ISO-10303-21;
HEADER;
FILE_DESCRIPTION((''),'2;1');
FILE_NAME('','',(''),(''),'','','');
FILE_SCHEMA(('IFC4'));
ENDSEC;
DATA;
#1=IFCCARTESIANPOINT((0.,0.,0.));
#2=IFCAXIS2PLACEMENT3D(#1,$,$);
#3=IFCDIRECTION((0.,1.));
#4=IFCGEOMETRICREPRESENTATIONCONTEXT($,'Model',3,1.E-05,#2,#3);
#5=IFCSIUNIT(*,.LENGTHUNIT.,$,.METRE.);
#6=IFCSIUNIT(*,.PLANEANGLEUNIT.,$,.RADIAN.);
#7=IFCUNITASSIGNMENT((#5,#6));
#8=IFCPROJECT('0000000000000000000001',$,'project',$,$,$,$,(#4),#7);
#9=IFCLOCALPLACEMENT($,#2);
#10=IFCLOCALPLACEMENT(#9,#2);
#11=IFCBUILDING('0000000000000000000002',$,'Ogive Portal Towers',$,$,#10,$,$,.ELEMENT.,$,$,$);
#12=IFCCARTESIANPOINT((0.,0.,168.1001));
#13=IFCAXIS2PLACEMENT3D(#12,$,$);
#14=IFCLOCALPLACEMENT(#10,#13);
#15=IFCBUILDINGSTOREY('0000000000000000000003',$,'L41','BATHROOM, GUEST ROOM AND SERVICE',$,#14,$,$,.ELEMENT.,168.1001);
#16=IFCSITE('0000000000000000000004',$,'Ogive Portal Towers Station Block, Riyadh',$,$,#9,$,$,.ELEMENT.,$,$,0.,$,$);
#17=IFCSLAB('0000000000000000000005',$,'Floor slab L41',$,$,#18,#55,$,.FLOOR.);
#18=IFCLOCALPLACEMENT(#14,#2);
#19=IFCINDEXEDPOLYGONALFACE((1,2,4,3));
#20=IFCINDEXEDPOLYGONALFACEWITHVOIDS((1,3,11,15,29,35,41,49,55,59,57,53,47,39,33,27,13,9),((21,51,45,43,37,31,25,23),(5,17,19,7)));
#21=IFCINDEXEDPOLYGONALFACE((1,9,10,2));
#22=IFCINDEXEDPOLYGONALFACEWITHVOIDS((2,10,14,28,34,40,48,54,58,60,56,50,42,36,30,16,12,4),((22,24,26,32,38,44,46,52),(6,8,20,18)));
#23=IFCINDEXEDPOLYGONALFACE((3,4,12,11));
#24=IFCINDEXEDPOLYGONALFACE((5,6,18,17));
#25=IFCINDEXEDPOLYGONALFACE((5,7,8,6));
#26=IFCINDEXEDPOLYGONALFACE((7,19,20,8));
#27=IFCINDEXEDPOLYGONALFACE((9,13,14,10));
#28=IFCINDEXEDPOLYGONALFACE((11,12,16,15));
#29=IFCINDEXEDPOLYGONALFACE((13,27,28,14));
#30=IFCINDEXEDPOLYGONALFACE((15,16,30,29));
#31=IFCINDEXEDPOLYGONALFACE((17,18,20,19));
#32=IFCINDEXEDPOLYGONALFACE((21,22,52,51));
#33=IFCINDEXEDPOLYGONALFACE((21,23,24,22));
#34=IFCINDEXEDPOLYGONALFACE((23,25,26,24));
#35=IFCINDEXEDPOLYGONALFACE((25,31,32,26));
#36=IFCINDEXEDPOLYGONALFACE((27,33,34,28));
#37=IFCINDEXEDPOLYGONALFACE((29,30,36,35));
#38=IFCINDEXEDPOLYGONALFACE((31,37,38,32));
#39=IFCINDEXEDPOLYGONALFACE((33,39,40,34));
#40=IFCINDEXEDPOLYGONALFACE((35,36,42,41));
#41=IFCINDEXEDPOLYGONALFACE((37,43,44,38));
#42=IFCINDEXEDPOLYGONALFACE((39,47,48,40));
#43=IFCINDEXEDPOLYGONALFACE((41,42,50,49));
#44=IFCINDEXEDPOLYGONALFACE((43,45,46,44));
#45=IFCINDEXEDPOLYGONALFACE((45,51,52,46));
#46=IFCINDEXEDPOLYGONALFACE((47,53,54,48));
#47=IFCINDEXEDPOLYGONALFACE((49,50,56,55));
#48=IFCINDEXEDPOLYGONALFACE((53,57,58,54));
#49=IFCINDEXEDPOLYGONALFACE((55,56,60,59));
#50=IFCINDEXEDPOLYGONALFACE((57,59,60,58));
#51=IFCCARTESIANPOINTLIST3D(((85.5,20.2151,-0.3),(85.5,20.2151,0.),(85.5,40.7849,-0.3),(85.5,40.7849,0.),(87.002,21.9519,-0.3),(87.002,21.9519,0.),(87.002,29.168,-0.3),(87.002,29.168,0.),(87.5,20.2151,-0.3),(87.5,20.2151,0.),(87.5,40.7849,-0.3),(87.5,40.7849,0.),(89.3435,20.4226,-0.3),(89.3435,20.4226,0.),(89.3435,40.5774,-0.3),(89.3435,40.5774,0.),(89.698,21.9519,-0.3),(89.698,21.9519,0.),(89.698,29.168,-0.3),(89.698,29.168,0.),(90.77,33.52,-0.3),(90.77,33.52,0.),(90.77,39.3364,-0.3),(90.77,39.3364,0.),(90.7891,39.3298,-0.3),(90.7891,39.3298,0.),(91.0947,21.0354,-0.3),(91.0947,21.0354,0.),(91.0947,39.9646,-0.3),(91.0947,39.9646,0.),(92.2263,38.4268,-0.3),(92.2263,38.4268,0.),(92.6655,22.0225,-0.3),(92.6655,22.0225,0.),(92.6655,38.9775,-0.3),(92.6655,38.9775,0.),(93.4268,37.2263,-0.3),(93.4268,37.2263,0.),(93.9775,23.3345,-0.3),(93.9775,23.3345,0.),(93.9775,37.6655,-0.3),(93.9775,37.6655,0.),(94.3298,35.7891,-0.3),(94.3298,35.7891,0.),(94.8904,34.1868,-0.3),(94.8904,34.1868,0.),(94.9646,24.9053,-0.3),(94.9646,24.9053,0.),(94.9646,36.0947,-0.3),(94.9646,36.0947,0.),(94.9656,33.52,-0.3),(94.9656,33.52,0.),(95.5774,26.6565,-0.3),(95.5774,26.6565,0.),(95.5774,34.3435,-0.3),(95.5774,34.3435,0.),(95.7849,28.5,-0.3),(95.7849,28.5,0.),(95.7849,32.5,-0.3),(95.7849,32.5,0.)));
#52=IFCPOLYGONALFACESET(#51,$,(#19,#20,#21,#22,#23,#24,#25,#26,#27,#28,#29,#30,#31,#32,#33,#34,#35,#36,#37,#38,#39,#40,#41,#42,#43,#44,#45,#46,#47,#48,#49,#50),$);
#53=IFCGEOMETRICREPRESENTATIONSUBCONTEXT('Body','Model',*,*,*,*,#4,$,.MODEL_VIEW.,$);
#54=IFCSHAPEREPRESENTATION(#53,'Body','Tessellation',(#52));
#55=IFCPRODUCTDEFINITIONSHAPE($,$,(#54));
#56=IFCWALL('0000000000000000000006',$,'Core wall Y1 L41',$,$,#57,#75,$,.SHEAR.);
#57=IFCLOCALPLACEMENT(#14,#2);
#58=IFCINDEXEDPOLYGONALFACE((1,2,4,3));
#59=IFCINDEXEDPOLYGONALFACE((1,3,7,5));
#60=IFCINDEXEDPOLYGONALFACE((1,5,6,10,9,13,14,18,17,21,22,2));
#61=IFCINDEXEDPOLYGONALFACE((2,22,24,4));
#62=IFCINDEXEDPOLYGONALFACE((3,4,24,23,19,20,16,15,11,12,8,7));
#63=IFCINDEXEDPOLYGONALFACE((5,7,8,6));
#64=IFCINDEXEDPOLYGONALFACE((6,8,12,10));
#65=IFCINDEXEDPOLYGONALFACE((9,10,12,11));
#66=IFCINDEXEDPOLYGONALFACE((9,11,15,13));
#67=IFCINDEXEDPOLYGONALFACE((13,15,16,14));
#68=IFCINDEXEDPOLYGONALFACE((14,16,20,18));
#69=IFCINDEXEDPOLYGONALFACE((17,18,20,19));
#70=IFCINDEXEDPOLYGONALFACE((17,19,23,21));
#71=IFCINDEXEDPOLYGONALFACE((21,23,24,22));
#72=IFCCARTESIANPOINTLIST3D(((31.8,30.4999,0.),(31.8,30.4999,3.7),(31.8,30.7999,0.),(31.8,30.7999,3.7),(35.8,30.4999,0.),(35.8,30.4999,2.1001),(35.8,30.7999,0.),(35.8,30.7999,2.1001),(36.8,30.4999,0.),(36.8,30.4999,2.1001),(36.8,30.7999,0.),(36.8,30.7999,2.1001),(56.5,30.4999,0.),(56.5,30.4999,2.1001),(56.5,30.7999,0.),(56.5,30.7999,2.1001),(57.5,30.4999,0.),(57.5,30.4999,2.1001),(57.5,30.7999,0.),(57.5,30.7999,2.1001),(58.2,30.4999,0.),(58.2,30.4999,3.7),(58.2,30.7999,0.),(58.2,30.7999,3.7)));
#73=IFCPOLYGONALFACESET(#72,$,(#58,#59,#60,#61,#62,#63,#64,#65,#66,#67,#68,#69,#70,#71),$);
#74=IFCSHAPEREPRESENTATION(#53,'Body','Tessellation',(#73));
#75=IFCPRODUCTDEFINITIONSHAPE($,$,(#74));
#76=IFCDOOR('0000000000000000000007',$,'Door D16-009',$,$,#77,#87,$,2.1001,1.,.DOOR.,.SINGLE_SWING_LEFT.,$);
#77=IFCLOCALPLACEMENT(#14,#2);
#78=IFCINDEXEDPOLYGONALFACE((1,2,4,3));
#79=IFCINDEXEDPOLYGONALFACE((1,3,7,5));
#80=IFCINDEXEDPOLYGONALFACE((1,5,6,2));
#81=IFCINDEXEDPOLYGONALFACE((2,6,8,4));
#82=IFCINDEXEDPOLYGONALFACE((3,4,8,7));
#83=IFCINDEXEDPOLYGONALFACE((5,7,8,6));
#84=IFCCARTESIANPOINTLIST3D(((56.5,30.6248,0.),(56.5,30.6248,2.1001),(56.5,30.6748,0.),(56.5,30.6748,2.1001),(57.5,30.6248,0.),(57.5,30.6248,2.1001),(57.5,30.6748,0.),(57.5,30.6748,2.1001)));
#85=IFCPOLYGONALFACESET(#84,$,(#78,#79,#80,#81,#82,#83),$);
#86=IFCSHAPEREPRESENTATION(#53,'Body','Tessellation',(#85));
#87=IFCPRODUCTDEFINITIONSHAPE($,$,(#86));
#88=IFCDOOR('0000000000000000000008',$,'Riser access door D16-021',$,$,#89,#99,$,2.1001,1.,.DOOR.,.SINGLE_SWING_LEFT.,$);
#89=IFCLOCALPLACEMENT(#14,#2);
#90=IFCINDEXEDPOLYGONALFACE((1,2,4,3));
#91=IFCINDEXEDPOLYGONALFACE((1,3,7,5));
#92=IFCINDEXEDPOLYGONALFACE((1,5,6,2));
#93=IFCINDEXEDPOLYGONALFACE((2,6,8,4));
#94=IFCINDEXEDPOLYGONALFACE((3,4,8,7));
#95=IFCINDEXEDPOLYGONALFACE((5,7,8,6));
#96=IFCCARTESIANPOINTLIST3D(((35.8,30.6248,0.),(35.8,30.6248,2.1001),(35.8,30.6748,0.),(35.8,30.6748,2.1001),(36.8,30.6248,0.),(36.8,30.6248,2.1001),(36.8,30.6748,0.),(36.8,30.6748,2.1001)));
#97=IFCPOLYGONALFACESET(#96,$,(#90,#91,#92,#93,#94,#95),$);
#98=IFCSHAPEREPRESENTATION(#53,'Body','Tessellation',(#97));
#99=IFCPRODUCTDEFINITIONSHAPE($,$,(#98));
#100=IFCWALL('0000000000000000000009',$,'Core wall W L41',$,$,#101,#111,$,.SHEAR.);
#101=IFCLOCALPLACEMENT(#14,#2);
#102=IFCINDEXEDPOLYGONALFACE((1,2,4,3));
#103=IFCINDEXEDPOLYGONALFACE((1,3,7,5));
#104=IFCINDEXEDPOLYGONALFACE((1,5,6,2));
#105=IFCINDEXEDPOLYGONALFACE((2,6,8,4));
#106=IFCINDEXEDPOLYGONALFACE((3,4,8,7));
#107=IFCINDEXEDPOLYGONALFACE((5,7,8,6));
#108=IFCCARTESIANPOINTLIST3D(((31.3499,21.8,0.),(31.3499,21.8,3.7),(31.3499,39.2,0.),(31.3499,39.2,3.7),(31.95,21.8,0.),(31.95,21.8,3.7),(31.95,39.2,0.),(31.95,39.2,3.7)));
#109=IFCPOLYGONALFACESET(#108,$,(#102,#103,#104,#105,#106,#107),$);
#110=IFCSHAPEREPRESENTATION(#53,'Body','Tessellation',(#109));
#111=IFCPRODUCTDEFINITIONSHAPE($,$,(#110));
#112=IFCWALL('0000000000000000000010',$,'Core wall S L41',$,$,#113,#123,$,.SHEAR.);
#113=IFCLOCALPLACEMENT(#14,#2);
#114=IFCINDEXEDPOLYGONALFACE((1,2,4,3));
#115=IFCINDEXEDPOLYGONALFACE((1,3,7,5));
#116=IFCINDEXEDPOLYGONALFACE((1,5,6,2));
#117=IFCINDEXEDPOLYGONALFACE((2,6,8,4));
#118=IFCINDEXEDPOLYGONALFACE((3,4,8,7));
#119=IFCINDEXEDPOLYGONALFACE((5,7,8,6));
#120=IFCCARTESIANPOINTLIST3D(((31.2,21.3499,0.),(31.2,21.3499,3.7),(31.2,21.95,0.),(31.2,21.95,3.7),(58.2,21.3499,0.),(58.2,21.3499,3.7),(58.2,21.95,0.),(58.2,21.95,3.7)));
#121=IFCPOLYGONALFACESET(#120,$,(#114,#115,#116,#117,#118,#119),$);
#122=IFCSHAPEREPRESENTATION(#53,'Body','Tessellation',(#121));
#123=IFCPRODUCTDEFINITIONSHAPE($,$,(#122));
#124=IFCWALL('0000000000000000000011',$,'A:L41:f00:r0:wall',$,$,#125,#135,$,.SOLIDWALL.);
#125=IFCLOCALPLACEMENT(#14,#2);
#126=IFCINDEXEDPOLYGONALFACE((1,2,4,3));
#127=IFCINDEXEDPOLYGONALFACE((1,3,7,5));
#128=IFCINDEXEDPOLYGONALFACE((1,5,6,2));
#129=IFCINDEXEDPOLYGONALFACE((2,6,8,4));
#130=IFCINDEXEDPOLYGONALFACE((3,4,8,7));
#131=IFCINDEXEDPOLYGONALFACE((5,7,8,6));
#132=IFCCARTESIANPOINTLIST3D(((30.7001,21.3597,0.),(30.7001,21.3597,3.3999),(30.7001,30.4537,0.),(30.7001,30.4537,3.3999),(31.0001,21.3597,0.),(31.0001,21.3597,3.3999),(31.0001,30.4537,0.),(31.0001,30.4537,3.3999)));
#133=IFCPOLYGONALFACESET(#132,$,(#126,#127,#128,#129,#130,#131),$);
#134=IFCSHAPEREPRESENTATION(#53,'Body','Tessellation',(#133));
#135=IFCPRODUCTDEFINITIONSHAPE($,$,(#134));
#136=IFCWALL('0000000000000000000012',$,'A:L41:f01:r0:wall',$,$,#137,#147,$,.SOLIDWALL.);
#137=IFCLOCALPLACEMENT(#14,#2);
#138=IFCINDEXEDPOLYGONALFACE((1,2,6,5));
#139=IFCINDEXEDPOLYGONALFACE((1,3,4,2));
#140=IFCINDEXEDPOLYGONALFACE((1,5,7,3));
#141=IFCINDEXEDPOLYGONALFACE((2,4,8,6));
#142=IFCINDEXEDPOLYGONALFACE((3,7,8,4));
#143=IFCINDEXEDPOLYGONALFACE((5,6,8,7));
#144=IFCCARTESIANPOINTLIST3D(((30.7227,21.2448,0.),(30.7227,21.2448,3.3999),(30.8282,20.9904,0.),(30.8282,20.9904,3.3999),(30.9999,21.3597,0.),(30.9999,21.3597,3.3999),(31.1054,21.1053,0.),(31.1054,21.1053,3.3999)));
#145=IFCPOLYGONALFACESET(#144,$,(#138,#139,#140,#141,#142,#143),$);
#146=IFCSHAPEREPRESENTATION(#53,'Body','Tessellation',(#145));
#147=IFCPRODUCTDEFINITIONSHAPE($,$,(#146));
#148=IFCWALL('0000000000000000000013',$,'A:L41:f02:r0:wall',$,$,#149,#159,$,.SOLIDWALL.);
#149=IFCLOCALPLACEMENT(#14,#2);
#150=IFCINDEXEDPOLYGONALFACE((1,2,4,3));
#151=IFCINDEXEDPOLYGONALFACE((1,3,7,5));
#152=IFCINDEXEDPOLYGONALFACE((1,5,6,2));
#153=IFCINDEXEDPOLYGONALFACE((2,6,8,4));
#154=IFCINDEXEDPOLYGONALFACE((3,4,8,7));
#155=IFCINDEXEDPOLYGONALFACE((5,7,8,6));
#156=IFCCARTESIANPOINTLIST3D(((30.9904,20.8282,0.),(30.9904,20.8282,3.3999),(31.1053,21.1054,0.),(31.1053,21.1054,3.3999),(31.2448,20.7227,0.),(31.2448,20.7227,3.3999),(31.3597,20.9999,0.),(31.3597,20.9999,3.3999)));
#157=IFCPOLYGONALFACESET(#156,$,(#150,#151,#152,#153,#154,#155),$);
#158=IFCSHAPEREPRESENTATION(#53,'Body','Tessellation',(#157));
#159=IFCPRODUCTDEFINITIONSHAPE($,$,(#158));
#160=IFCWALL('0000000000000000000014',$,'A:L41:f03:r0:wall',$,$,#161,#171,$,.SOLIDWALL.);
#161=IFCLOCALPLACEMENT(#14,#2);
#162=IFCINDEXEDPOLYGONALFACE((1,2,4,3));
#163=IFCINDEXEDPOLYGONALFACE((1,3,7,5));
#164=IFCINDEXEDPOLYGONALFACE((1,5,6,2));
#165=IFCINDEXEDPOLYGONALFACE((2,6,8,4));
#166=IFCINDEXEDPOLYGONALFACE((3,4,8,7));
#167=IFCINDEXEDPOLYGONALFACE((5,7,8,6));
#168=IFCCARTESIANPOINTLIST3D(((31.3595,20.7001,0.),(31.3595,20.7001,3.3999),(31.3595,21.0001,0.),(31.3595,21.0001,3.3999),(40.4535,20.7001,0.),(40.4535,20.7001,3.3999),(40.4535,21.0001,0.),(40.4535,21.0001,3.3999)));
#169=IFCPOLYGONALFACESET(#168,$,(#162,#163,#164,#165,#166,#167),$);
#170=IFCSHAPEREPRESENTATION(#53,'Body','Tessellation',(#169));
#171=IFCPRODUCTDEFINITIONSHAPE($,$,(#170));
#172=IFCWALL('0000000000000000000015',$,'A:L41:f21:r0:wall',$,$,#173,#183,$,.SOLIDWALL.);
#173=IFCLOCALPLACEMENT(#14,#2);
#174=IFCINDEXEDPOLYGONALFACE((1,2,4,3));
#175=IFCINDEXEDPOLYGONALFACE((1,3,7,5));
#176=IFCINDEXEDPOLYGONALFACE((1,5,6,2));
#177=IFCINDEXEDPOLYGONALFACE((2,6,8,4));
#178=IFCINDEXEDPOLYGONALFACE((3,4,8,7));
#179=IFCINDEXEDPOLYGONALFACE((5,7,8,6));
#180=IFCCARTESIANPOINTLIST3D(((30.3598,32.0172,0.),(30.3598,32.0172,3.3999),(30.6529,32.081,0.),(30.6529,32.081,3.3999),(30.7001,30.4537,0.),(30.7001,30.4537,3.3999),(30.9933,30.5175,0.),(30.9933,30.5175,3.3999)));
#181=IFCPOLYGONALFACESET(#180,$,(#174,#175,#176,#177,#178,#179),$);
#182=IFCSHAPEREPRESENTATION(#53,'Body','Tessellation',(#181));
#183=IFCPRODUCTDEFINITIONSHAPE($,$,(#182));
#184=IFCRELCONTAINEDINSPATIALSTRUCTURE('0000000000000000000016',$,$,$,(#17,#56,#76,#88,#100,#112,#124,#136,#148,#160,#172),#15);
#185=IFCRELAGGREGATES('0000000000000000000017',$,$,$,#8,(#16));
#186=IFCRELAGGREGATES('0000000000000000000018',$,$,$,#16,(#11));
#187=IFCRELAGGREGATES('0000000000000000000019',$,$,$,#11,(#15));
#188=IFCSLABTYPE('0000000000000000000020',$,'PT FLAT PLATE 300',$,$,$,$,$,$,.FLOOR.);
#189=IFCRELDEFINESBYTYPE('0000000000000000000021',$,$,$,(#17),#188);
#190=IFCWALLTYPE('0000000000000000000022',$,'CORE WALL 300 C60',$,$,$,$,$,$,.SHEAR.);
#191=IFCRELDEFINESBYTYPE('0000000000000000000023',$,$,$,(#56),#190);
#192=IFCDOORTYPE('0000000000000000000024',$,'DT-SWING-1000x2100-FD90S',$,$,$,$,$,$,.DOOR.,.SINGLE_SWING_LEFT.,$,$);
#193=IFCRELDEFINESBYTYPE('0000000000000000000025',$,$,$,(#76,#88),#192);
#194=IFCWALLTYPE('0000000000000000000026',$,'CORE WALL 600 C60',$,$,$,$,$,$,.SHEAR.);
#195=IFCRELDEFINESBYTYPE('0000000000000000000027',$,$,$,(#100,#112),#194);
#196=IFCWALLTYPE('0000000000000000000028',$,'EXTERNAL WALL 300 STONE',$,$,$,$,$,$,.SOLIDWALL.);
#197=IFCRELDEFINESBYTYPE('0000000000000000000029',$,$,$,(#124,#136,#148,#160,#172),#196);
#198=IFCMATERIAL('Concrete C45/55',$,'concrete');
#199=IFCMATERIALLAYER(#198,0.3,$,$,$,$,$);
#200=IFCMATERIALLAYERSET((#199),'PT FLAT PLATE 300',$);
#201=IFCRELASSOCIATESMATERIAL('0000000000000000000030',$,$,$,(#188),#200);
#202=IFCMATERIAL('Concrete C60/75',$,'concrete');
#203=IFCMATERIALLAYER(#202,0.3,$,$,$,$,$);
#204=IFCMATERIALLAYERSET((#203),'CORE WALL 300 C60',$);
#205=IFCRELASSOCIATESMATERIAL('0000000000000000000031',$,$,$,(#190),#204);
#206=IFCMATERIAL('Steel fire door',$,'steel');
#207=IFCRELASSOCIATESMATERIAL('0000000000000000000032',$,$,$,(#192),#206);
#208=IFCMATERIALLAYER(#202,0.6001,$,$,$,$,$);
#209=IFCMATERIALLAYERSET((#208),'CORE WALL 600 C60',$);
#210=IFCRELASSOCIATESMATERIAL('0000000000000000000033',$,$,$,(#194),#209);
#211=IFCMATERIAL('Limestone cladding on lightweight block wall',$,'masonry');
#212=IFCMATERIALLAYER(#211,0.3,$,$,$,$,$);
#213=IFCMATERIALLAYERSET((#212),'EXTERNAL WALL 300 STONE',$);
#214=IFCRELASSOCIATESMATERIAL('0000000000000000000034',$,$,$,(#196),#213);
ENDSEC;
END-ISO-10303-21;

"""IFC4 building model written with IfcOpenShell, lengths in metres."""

from ifc_helpers import new_model, si_unit, direction, frame, frame_2d, origin, place, context, subcontext, project, spatial, polyline, rectangle, outline, extrude, material, layer, layer_set, type_object, element, fill, save


model = new_model("IFC4")

# Units and contexts
model_context = context("Model", 3, precision=1e-05, world=origin(), true_north=direction((0.0, 1.0)))
body_context = subcontext(model_context, "Body", "Model", "MODEL_VIEW")
ifc_project = project(units=[si_unit("LENGTHUNIT", "METRE"), si_unit("PLANEANGLEUNIT", "RADIAN")], contexts=[model_context])

# Site, building, storey
site_placement = place(None, origin())
site = spatial("IfcSite", under=ifc_project, at=site_placement, Name="Ogive Portal Towers Station Block, Riyadh", CompositionType="ELEMENT", RefElevation=0.0)
building_placement = place(site_placement, origin())
building = spatial("IfcBuilding", under=site, at=building_placement, Name="Ogive Portal Towers", CompositionType="ELEMENT")
storey_placement = place(building_placement, frame((0.0, 0.0, 168.1001)))
storey = spatial("IfcBuildingStorey", under=building, at=storey_placement, Name="L41", Description="BATHROOM, GUEST ROOM AND SERVICE", CompositionType="ELEMENT", Elevation=168.1001)

# Slab
ifc_material_1 = material(Name="Concrete C45/55", Category="concrete")
ifc_layer_1 = layer(ifc_material_1, 0.3)
ifc_layer_set_1 = layer_set([ifc_layer_1], Name="PT FLAT PLATE 300")
slab_type_1 = type_object("IfcSlabType", Name="PT FLAT PLATE 300", PredefinedType="FLOOR", material=ifc_layer_set_1)
slab_1_placement = place(storey_placement, frame((0.0, 0.0, -0.3)))
element("IfcSlab", 1, at=slab_1_placement, inside=storey, type_object=slab_type_1, Name="Floor slab L41", PredefinedType="FLOOR", context=body_context, shape_type="SweptSolid", body=[
    extrude(outline(polyline([(89.3435, 40.5774), (87.5, 40.7849), (85.5, 40.7849), (85.5, 20.2151), (87.5, 20.2151), (89.3435, 20.4226), (91.0947, 21.0354), (92.6655, 22.0225), (93.9775, 23.3345), (94.9646, 24.9053), (95.5774, 26.6565), (95.7849, 28.5), (95.7849, 32.5), (95.5774, 34.3435), (94.9646, 36.0947), (93.9775, 37.6655), (92.6655, 38.9775), (91.0947, 39.9646), (89.3435, 40.5774)]), holes=[polyline([(87.002, 21.9519), (87.002, 29.168), (89.698, 29.168), (89.698, 21.9519), (87.002, 21.9519)]), polyline([(93.4268, 37.2263), (94.3298, 35.7891), (94.8904, 34.1868), (94.9656, 33.52), (90.77, 33.52), (90.77, 39.3364), (90.7891, 39.3298), (92.2263, 38.4268), (93.4268, 37.2263)])]), origin(), (0.0, 0.0, 1.0), 0.3),
])

# Wall, openings, doors
ifc_material_2 = material(Name="Concrete C60/75", Category="concrete")
ifc_layer_2 = layer(ifc_material_2, 0.3)
ifc_layer_set_2 = layer_set([ifc_layer_2], Name="CORE WALL 300 C60")
wall_type_1 = type_object("IfcWallType", Name="CORE WALL 300 C60", PredefinedType="SHEAR", material=ifc_layer_set_2)
wall_1_placement = place(storey_placement, frame((31.8, 30.6499, 0.0), z_axis=(0.0, 0.0, 1.0), x_axis=(1.0, 0.0, 0.0)))
wall_1 = element("IfcWall", 2, at=wall_1_placement, inside=storey, type_object=wall_type_1, Name="Core wall Y1 L41", PredefinedType="SHEAR", context=body_context, shape_type="SweptSolid", body=[
    extrude(rectangle(XDim=26.3999, YDim=0.3, at=frame_2d((13.2, 0.0))), origin(), (0.0, 0.0, 1.0), 3.7),
])
opening_1_placement = place(wall_1_placement, frame((24.7, 0.0, 0.0)))
opening_1 = element("IfcOpeningElement", 3, at=opening_1_placement, cuts=wall_1, PredefinedType="OPENING", context=body_context, shape_type="SweptSolid", body=[
    extrude(rectangle(XDim=1.0, YDim=2.1001, at=frame_2d((0.5, 1.05))), frame((0.0, 0.1602, 0.0), z_axis=(0.0, -1.0, 0.0), x_axis=(1.0, 0.0, 0.0)), (0.0, 0.0, 1.0), 0.3201),
])
opening_2_placement = place(wall_1_placement, frame((4.0, 0.0, 0.0)))
opening_2 = element("IfcOpeningElement", 4, at=opening_2_placement, cuts=wall_1, PredefinedType="OPENING", context=body_context, shape_type="SweptSolid", body=[
    extrude(rectangle(XDim=1.0, YDim=2.1001, at=frame_2d((0.5, 1.05))), frame((0.0, 0.1602, 0.0), z_axis=(0.0, -1.0, 0.0), x_axis=(1.0, 0.0, 0.0)), (0.0, 0.0, 1.0), 0.3201),
])
ifc_material_3 = material(Name="Steel fire door", Category="steel")
door_type = type_object("IfcDoorType", Name="DT-SWING-1000x2100-FD90S", OperationType="SINGLE_SWING_LEFT", PredefinedType="DOOR", material=ifc_material_3)
door_1_placement = place(opening_1_placement, origin())
door_1 = element("IfcDoor", 5, at=door_1_placement, inside=storey, type_object=door_type, Name="Door D16-009", OperationType="SINGLE_SWING_LEFT", OverallHeight=2.1001, OverallWidth=1.0, PredefinedType="DOOR", context=body_context, shape_type="SweptSolid", body=[
    extrude(rectangle(XDim=1.0, YDim=2.1001, at=frame_2d((0.5, 1.05))), frame((0.0, 0.0249, 0.0), z_axis=(0.0, -1.0, 0.0), x_axis=(1.0, 0.0, 0.0)), (0.0, 0.0, 1.0), 0.05),
])
fill(opening_1, door_1)
door_2_placement = place(opening_2_placement, origin())
door_2 = element("IfcDoor", 6, at=door_2_placement, inside=storey, type_object=door_type, Name="Riser access door D16-021", OperationType="SINGLE_SWING_LEFT", OverallHeight=2.1001, OverallWidth=1.0, PredefinedType="DOOR", context=body_context, shape_type="SweptSolid", body=[
    extrude(rectangle(XDim=1.0, YDim=2.1001, at=frame_2d((0.5, 1.05))), frame((0.0, 0.0249, 0.0), z_axis=(0.0, -1.0, 0.0), x_axis=(1.0, 0.0, 0.0)), (0.0, 0.0, 1.0), 0.05),
])
fill(opening_2, door_2)

# Walls
ifc_layer_3 = layer(ifc_material_2, 0.6001)
ifc_layer_set_3 = layer_set([ifc_layer_3], Name="CORE WALL 600 C60")
wall_type_2 = type_object("IfcWallType", Name="CORE WALL 600 C60", PredefinedType="SHEAR", material=ifc_layer_set_3)
wall_2_placement = place(storey_placement, frame((31.6499, 21.8, 0.0), z_axis=(0.0, 0.0, 1.0), x_axis=(0.0, 1.0, 0.0)))
element("IfcWall", 7, at=wall_2_placement, inside=storey, type_object=wall_type_2, Name="Core wall W L41", PredefinedType="SHEAR", context=body_context, shape_type="SweptSolid", body=[
    extrude(rectangle(XDim=17.3999, YDim=0.6001, at=frame_2d((8.7, 0.0))), origin(), (0.0, 0.0, 1.0), 3.7),
])
wall_3_placement = place(storey_placement, frame((31.2, 21.6499, 0.0), z_axis=(0.0, 0.0, 1.0), x_axis=(1.0, 0.0, 0.0)))
element("IfcWall", 8, at=wall_3_placement, inside=storey, type_object=wall_type_2, Name="Core wall S L41", PredefinedType="SHEAR", context=body_context, shape_type="SweptSolid", body=[
    extrude(rectangle(XDim=27.0, YDim=0.6001, at=frame_2d((13.5, 0.0))), origin(), (0.0, 0.0, 1.0), 3.7),
])
ifc_material_4 = material(Name="Limestone cladding on lightweight block wall", Category="masonry")
ifc_layer_4 = layer(ifc_material_4, 0.3)
ifc_layer_set_4 = layer_set([ifc_layer_4], Name="EXTERNAL WALL 300 STONE")
wall_type_3 = type_object("IfcWallType", Name="EXTERNAL WALL 300 STONE", PredefinedType="SOLIDWALL", material=ifc_layer_set_4)
wall_4_placement = place(storey_placement, frame((30.8501, 30.4536, 0.0), z_axis=(0.0, 0.0, 1.0), x_axis=(0.0, -1.0, 0.0)))
element("IfcWall", 9, at=wall_4_placement, inside=storey, type_object=wall_type_3, Name="A:L41:f00:r0:wall", PredefinedType="SOLIDWALL", context=body_context, shape_type="SweptSolid", body=[
    extrude(rectangle(XDim=9.094, YDim=0.3, at=frame_2d((4.5469, 0.0))), origin(), (0.0, 0.0, 1.0), 3.3999),
])
for number, where, z_axis, x_axis, name in (
    (10, (30.8613, 21.3022, 0.0), (0.0, 0.0, 1.0), (0.382978, -0.923757, 0.0), "A:L41:f01:r0:wall"),
    (11, (31.0479, 20.9668, 0.0), (0.0, 0.0, 1.0), (0.923757, -0.382978, 0.0), "A:L41:f02:r0:wall"),
):
    element("IfcWall", number, at=place(storey_placement, frame(where, z_axis=z_axis, x_axis=x_axis)), inside=storey, type_object=wall_type_3, Name=name, PredefinedType="SOLIDWALL", context=body_context, shape_type="SweptSolid", body=[
        extrude(rectangle(XDim=0.2754, YDim=0.3, at=frame_2d((0.1377, 0.0))), origin(), (0.0, 0.0, 1.0), 3.3999),
    ])
wall_5_placement = place(storey_placement, frame((31.3596, 20.8501, 0.0), z_axis=(0.0, 0.0, 1.0), x_axis=(1.0, 0.0, 0.0)))
element("IfcWall", 12, at=wall_5_placement, inside=storey, type_object=wall_type_3, Name="A:L41:f03:r0:wall", PredefinedType="SOLIDWALL", context=body_context, shape_type="SweptSolid", body=[
    extrude(rectangle(XDim=9.094, YDim=0.3, at=frame_2d((4.5469, 0.0))), origin(), (0.0, 0.0, 1.0), 3.3999),
])
wall_6_placement = place(storey_placement, frame((30.5063, 32.0491, 0.0), z_axis=(0.0, 0.0, 1.0), x_axis=(0.212696, -0.977118, 0.0)))
element("IfcWall", 13, at=wall_6_placement, inside=storey, type_object=wall_type_3, Name="A:L41:f21:r0:wall", PredefinedType="SOLIDWALL", context=body_context, shape_type="SweptSolid", body=[
    extrude(rectangle(XDim=1.6001, YDim=0.3, at=frame_2d((0.8, 0.0))), origin(), (0.0, 0.0, 1.0), 3.3999),
])

save(model, "model.ifc")
